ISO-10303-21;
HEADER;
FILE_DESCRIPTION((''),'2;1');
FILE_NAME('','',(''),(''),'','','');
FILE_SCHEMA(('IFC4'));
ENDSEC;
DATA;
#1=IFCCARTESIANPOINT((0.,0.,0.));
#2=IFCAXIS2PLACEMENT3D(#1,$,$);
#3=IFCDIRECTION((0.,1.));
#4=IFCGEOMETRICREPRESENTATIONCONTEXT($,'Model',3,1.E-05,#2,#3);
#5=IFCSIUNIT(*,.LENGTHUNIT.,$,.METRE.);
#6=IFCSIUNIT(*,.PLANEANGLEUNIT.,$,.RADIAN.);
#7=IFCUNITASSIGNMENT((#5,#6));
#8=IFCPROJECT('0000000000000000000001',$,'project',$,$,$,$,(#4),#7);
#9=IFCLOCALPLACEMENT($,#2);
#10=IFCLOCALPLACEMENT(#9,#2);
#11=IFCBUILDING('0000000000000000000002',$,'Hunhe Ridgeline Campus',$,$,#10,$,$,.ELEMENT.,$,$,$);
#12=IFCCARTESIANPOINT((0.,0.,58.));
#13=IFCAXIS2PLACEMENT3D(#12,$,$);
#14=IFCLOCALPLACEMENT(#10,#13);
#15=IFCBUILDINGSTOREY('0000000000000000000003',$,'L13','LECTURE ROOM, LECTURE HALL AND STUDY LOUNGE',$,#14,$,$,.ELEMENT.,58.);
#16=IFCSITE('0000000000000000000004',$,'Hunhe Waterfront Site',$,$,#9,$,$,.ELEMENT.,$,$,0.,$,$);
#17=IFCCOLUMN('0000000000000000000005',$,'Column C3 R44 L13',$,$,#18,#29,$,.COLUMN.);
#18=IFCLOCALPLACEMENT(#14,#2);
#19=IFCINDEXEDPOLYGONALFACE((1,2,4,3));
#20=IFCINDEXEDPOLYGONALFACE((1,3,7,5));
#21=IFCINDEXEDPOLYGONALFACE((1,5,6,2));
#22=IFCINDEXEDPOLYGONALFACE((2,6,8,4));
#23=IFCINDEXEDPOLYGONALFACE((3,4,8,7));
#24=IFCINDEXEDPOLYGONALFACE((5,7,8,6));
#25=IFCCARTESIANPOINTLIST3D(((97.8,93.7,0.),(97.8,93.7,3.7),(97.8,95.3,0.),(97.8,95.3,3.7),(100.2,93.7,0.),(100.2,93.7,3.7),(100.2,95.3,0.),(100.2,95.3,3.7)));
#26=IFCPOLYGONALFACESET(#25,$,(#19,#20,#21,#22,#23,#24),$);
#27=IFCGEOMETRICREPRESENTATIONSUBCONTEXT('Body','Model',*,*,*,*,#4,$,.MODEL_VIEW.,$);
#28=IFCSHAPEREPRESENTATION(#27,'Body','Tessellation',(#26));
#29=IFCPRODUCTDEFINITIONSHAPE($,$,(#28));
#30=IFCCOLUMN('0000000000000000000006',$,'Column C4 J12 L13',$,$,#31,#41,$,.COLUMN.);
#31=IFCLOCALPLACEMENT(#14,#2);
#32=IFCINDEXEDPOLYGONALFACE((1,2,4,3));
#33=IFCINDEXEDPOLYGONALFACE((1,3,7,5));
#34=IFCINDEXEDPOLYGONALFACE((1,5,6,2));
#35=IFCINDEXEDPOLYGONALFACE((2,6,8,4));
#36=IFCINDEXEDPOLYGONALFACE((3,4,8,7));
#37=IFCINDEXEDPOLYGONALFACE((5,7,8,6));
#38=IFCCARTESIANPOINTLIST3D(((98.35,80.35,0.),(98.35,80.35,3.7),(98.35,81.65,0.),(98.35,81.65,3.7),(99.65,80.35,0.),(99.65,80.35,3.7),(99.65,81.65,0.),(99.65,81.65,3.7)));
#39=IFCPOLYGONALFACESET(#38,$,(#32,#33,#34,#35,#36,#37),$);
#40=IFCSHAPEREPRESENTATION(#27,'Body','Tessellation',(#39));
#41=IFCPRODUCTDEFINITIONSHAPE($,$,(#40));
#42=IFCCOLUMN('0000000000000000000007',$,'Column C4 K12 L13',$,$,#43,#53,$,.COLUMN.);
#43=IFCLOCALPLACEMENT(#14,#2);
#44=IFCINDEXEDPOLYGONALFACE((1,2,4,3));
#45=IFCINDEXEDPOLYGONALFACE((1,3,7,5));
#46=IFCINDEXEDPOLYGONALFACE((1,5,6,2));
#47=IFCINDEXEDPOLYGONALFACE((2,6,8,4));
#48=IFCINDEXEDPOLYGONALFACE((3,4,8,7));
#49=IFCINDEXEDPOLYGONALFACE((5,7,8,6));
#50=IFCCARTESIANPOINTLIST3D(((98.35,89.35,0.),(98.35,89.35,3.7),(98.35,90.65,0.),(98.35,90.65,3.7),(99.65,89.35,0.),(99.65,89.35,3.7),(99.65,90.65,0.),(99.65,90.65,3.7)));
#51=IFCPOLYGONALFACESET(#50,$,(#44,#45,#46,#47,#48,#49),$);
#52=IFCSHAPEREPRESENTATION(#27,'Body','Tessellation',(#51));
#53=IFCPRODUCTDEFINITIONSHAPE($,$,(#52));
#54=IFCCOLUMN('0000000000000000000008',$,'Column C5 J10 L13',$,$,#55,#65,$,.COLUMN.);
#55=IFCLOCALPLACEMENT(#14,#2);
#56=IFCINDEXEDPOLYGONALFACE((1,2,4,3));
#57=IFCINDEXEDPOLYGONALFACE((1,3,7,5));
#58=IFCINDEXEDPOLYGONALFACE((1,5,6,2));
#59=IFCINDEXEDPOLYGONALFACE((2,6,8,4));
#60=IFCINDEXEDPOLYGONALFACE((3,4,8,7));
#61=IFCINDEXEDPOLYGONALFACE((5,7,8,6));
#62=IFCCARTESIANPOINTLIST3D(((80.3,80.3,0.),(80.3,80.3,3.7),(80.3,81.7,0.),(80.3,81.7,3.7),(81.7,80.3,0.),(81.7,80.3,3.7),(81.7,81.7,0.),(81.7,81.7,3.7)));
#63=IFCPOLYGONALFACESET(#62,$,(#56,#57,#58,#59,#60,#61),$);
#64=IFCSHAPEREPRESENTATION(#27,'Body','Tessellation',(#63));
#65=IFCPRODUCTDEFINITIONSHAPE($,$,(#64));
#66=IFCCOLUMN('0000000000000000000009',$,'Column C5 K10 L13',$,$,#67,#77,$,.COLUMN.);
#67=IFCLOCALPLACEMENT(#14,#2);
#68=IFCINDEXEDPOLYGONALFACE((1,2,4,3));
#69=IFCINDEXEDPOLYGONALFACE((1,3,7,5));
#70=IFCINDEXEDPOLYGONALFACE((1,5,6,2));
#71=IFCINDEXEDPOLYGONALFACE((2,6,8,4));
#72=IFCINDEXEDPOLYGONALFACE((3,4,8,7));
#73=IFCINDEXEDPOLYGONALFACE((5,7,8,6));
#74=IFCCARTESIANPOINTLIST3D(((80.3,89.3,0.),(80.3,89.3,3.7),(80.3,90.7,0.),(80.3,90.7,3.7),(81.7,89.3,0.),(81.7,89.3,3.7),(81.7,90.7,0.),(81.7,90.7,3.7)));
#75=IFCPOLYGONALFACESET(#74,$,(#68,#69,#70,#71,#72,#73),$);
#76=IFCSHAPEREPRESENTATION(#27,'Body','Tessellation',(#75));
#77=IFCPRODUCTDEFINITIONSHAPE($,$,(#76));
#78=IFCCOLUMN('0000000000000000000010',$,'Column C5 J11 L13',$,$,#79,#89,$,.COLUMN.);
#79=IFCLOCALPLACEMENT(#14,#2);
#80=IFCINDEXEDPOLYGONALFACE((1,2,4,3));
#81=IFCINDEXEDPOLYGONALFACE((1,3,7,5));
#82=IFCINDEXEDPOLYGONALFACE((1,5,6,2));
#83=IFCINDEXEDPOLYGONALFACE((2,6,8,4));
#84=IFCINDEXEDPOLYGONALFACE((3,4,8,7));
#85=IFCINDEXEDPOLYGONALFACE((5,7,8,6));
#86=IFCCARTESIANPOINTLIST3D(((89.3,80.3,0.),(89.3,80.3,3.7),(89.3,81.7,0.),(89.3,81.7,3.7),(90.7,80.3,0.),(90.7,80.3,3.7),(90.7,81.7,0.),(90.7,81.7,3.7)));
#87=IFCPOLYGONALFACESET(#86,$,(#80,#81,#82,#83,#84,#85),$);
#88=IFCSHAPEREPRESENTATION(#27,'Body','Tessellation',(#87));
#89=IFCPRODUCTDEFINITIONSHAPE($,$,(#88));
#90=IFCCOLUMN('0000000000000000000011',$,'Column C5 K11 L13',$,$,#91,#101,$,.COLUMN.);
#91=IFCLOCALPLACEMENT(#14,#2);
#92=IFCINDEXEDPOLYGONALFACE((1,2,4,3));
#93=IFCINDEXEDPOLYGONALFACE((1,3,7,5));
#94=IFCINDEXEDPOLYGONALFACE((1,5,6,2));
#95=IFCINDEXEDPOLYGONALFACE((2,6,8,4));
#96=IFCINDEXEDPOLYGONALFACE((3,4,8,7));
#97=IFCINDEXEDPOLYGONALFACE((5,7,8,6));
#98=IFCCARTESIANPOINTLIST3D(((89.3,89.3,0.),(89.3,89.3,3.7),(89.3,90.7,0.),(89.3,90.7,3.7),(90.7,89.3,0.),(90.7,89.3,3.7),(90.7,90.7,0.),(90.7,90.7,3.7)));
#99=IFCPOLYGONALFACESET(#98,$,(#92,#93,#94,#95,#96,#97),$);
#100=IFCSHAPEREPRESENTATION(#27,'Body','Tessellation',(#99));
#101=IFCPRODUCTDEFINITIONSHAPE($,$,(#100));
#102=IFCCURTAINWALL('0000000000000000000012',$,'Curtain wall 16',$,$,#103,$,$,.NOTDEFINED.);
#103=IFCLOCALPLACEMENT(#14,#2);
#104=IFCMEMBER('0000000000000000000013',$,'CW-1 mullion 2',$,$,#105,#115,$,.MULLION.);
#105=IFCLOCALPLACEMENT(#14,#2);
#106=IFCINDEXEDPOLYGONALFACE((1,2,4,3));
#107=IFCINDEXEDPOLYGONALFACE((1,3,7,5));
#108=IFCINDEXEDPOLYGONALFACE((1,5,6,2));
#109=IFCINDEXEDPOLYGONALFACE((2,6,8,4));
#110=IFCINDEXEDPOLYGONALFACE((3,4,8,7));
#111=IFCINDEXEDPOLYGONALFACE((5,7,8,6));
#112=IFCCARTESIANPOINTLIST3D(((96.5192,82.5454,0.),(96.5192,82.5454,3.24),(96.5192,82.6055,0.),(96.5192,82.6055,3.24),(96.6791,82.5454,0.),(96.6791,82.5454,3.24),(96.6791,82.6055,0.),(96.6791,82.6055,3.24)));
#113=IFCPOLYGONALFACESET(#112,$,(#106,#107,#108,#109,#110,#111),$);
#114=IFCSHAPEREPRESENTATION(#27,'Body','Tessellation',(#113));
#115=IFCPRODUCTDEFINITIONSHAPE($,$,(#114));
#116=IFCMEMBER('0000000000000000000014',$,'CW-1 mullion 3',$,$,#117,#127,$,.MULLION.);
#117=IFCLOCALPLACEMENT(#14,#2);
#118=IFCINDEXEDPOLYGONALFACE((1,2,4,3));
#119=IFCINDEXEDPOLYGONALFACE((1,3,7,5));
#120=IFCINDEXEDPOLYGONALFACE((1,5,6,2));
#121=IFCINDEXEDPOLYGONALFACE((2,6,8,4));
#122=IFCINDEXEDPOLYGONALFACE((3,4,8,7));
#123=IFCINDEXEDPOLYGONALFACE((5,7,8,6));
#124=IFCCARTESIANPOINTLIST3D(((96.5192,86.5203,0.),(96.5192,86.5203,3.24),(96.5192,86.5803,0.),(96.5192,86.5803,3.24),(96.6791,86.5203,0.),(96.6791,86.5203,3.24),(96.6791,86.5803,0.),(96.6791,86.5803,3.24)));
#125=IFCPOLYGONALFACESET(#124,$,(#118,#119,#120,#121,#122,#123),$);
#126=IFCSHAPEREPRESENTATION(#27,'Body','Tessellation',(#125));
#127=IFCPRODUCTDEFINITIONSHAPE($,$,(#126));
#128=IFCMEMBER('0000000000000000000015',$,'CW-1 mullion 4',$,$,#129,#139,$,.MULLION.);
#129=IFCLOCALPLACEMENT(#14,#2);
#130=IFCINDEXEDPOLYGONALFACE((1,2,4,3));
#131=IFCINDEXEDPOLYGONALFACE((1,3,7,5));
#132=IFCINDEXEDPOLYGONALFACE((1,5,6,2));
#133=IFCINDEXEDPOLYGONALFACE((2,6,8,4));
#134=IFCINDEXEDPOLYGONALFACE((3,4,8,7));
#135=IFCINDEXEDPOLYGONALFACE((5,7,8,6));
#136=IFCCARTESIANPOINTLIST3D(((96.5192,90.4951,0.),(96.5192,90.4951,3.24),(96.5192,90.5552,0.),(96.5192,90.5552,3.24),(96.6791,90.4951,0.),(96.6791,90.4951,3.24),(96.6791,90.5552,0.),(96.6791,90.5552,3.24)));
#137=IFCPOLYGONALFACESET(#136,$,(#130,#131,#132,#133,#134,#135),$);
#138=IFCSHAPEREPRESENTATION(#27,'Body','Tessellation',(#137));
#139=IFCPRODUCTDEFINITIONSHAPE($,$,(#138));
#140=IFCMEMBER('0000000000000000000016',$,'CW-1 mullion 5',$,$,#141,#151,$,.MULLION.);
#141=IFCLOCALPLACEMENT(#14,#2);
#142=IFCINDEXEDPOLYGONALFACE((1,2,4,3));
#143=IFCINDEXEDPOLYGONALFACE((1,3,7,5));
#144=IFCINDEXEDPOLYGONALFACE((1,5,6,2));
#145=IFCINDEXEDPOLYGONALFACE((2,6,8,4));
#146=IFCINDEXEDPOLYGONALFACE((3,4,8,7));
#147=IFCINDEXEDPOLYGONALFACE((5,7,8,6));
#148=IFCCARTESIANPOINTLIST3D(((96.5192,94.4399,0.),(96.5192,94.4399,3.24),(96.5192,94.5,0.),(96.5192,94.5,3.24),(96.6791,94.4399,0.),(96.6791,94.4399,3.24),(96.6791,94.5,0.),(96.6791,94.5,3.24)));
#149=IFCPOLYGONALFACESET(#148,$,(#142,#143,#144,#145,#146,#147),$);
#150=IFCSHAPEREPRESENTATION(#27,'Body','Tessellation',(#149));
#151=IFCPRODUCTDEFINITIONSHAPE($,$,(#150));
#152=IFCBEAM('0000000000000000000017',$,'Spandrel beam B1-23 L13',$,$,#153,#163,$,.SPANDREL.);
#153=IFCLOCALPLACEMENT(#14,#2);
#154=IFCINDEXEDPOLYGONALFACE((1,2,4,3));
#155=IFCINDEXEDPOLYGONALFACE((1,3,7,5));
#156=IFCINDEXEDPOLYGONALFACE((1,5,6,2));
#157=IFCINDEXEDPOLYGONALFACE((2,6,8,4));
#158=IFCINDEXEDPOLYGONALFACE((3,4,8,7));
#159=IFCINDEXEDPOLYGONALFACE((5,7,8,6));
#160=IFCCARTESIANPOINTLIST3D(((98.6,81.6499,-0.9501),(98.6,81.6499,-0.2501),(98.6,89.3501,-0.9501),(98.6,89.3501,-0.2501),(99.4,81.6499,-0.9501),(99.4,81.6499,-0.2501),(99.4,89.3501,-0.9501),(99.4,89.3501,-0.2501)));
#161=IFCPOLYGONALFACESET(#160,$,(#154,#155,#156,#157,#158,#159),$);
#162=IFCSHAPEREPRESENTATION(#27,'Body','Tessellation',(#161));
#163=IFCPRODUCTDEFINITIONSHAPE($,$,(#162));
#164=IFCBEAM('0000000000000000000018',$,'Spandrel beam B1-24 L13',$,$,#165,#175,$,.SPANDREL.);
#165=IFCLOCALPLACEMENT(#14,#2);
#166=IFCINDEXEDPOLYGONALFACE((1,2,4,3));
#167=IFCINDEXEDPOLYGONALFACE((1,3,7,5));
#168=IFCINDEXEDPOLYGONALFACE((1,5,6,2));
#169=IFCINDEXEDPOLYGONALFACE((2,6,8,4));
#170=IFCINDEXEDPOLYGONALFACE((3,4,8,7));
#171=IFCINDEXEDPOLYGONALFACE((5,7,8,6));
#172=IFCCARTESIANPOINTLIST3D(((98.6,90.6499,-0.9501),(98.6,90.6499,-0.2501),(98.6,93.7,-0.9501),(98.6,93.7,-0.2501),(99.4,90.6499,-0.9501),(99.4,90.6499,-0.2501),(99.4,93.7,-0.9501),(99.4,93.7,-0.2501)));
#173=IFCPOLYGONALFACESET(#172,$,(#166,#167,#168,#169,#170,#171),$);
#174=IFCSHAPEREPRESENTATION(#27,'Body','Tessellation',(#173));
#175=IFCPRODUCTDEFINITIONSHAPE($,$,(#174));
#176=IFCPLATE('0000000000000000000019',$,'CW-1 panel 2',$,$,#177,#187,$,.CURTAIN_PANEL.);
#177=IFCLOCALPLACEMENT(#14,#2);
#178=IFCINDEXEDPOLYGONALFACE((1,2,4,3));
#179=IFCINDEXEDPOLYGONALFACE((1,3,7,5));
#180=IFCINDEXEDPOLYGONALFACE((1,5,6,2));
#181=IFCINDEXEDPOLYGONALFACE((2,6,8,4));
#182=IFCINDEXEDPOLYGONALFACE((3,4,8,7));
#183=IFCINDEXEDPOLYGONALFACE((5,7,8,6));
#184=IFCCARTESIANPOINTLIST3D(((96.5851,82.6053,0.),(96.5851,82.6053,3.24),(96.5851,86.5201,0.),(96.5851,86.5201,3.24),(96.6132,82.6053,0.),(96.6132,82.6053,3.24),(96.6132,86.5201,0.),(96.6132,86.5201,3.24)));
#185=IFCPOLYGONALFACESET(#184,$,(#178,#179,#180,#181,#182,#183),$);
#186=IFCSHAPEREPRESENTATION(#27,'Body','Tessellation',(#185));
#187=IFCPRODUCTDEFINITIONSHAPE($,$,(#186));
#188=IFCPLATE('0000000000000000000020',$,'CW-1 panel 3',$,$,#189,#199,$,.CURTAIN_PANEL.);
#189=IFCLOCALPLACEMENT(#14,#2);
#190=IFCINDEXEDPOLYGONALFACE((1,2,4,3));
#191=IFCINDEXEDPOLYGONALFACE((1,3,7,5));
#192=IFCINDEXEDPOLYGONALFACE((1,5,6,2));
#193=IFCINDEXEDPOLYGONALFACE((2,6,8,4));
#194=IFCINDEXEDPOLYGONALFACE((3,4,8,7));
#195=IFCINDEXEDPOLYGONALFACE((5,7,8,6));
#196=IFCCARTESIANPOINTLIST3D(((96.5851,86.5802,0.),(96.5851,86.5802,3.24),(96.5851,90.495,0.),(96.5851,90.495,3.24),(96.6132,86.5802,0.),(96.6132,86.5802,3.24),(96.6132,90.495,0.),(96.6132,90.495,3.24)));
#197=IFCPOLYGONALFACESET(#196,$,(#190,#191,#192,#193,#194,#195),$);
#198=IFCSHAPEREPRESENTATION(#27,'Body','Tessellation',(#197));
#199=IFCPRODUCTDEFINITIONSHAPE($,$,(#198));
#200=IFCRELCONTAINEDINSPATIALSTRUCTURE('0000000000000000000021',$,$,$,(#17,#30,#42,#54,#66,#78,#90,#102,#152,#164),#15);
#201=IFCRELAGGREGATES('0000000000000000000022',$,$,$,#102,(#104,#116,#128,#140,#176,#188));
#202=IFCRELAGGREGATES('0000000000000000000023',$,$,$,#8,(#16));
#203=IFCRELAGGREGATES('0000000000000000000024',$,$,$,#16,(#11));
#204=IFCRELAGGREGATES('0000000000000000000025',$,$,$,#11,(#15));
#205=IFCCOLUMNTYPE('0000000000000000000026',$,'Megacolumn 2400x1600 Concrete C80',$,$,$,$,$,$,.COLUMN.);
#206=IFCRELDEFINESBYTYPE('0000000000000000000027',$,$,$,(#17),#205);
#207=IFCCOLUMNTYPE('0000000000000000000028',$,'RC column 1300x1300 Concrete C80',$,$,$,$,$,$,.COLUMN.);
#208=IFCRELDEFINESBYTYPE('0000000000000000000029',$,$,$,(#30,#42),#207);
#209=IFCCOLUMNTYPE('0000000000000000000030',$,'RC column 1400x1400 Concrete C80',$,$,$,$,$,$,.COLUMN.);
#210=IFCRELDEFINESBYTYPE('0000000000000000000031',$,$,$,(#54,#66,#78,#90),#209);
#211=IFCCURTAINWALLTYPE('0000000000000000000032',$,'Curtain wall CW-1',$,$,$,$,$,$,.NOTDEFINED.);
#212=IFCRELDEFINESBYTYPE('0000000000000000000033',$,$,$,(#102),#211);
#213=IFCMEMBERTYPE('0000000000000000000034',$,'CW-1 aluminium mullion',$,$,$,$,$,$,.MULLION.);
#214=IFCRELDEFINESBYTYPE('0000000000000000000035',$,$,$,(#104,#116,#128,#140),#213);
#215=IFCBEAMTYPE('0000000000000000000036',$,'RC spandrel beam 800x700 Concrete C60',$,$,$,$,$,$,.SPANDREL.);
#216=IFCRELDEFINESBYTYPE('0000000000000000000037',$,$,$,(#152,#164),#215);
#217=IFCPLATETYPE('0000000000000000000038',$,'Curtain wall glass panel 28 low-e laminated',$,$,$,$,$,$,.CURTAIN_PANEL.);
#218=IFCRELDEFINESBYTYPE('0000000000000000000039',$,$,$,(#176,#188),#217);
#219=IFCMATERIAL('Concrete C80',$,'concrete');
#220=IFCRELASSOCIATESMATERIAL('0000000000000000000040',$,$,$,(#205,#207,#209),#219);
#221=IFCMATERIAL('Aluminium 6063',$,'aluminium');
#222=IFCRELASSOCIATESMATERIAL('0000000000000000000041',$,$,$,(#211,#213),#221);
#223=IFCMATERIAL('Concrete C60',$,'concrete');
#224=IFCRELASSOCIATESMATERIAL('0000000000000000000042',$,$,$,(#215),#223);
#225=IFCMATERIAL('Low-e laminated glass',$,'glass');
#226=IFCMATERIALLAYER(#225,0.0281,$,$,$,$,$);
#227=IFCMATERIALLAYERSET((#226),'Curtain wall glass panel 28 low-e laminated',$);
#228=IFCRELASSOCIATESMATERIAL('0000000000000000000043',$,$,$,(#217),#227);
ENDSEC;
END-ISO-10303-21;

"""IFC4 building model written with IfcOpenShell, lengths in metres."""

from ifc_helpers import new_model, si_unit, direction, frame, origin, origin_2d, place, context, subcontext, project, spatial, rectangle, extrude, material, layer, layer_set, material_profile, profile_set, type_object, element, aggregate, save


model = new_model("IFC4")

# Units and contexts
model_context = context("Model", 3, precision=1e-05, world=origin(), true_north=direction((0.0, 1.0)))
body_context = subcontext(model_context, "Body", "Model", "MODEL_VIEW")
ifc_project = project(units=[si_unit("LENGTHUNIT", "METRE"), si_unit("PLANEANGLEUNIT", "RADIAN")], contexts=[model_context])

# Site, building, storey
site_placement = place(None, origin())
site = spatial("IfcSite", under=ifc_project, at=site_placement, Name="Hunhe Waterfront Site", CompositionType="ELEMENT", RefElevation=0.0)
building_placement = place(site_placement, origin())
building = spatial("IfcBuilding", under=site, at=building_placement, Name="Hunhe Ridgeline Campus", CompositionType="ELEMENT")
storey_placement = place(building_placement, frame((0.0, 0.0, 58.0)))
storey = spatial("IfcBuildingStorey", under=building, at=storey_placement, Name="L13", Description="LECTURE ROOM, LECTURE HALL AND STUDY LOUNGE", CompositionType="ELEMENT", Elevation=58.0)

# Columns
ifc_material_1 = material(Name="Concrete C80", Category="concrete")
ifc_material_profile_1 = material_profile(ifc_material_1, rectangle(XDim=2.3999, YDim=1.6001, at=origin_2d()))
ifc_profile_set_1 = profile_set([ifc_material_profile_1], Name="Concrete C80")
column_type_1 = type_object("IfcColumnType", Name="Megacolumn 2400x1600 Concrete C80", PredefinedType="COLUMN", material=ifc_profile_set_1)
column_placement = place(storey_placement, frame((99.0, 94.5, 0.0), z_axis=(0.0, 0.0, 1.0), x_axis=(1.0, 0.0, 0.0)))
element("IfcColumn", 1, at=column_placement, inside=storey, type_object=column_type_1, Name="Column C3 R44 L13", PredefinedType="COLUMN", context=body_context, shape_type="SweptSolid", body=[
    extrude(rectangle(XDim=2.3999, YDim=1.6001, at=origin_2d()), origin(), (0.0, 0.0, 1.0), 3.7),
])
ifc_material_profile_2 = material_profile(ifc_material_1, rectangle(XDim=1.3, YDim=1.3, at=origin_2d()))
ifc_profile_set_2 = profile_set([ifc_material_profile_2], Name="Concrete C80")
column_type_2 = type_object("IfcColumnType", Name="RC column 1300x1300 Concrete C80", PredefinedType="COLUMN", material=ifc_profile_set_2)
for number, where, z_axis, x_axis, name in (
    (2, (99.0, 81.0, 0.0), (0.0, 0.0, 1.0), (1.0, 0.0, 0.0), "Column C4 J12 L13"),
    (3, (99.0, 90.0, 0.0), (0.0, 0.0, 1.0), (1.0, 0.0, 0.0), "Column C4 K12 L13"),
):
    element("IfcColumn", number, at=place(storey_placement, frame(where, z_axis=z_axis, x_axis=x_axis)), inside=storey, type_object=column_type_2, Name=name, PredefinedType="COLUMN", context=body_context, shape_type="SweptSolid", body=[
        extrude(rectangle(XDim=1.3, YDim=1.3, at=origin_2d()), origin(), (0.0, 0.0, 1.0), 3.7),
    ])
ifc_material_profile_3 = material_profile(ifc_material_1, rectangle(XDim=1.3999, YDim=1.3999, at=origin_2d()))
ifc_profile_set_3 = profile_set([ifc_material_profile_3], Name="Concrete C80")
column_type_3 = type_object("IfcColumnType", Name="RC column 1400x1400 Concrete C80", PredefinedType="COLUMN", material=ifc_profile_set_3)
for number, where, z_axis, x_axis, name in (
    (4, (81.0, 81.0, 0.0), (0.0, 0.0, 1.0), (1.0, 0.0, 0.0), "Column C5 J10 L13"),
    (5, (81.0, 90.0, 0.0), (0.0, 0.0, 1.0), (1.0, 0.0, 0.0), "Column C5 K10 L13"),
    (6, (90.0, 81.0, 0.0), (0.0, 0.0, 1.0), (1.0, 0.0, 0.0), "Column C5 J11 L13"),
    (7, (90.0, 90.0, 0.0), (0.0, 0.0, 1.0), (1.0, 0.0, 0.0), "Column C5 K11 L13"),
):
    element("IfcColumn", number, at=place(storey_placement, frame(where, z_axis=z_axis, x_axis=x_axis)), inside=storey, type_object=column_type_3, Name=name, PredefinedType="COLUMN", context=body_context, shape_type="SweptSolid", body=[
        extrude(rectangle(XDim=1.3999, YDim=1.3999, at=origin_2d()), origin(), (0.0, 0.0, 1.0), 3.7),
    ])

# Curtain wall, members
ifc_material_2 = material(Name="Aluminium 6063", Category="aluminium")
curtain_wall_type = type_object("IfcCurtainWallType", Name="Curtain wall CW-1", PredefinedType="NOTDEFINED", material=ifc_material_2)
curtain_wall_placement = place(storey_placement, origin())
curtain_wall = element("IfcCurtainWall", 8, at=curtain_wall_placement, inside=storey, type_object=curtain_wall_type, Name="Curtain wall 16", PredefinedType="NOTDEFINED")
ifc_material_profile_4 = material_profile(ifc_material_2, rectangle(XDim=0.1599, YDim=0.0601, at=origin_2d()))
ifc_profile_set_4 = profile_set([ifc_material_profile_4], Name="Aluminium 6063")
member_type = type_object("IfcMemberType", Name="CW-1 aluminium mullion", PredefinedType="MULLION", material=ifc_profile_set_4)
member_1_placement = place(storey_placement, frame((96.5991, 82.5754, 0.0), z_axis=(0.0, 0.0, 1.0), x_axis=(-1.0, 0.0, 0.0)))
member_1 = element("IfcMember", 9, at=member_1_placement, type_object=member_type, Name="CW-1 mullion 2", PredefinedType="MULLION", context=body_context, shape_type="SweptSolid", body=[
    extrude(rectangle(XDim=0.1599, YDim=0.0601, at=origin_2d()), origin(), (0.0, 0.0, 1.0), 3.24),
])
member_2_placement = place(storey_placement, frame((96.5991, 86.5503, 0.0), z_axis=(0.0, 0.0, 1.0), x_axis=(-1.0, 0.0, 0.0)))
member_2 = element("IfcMember", 10, at=member_2_placement, type_object=member_type, Name="CW-1 mullion 3", PredefinedType="MULLION", context=body_context, shape_type="SweptSolid", body=[
    extrude(rectangle(XDim=0.1599, YDim=0.0601, at=origin_2d()), origin(), (0.0, 0.0, 1.0), 3.24),
])
member_3_placement = place(storey_placement, frame((96.5991, 90.5251, 0.0), z_axis=(0.0, 0.0, 1.0), x_axis=(-1.0, 0.0, 0.0)))
member_3 = element("IfcMember", 11, at=member_3_placement, type_object=member_type, Name="CW-1 mullion 4", PredefinedType="MULLION", context=body_context, shape_type="SweptSolid", body=[
    extrude(rectangle(XDim=0.1599, YDim=0.0601, at=origin_2d()), origin(), (0.0, 0.0, 1.0), 3.24),
])
member_4_placement = place(storey_placement, frame((96.5991, 94.47, 0.0), z_axis=(0.0, 0.0, 1.0), x_axis=(-1.0, 0.0, 0.0)))
member_4 = element("IfcMember", 12, at=member_4_placement, type_object=member_type, Name="CW-1 mullion 5", PredefinedType="MULLION", context=body_context, shape_type="SweptSolid", body=[
    extrude(rectangle(XDim=0.1599, YDim=0.0601, at=origin_2d()), origin(), (0.0, 0.0, 1.0), 3.24),
])

# Beams
ifc_material_3 = material(Name="Concrete C60", Category="concrete")
ifc_material_profile_5 = material_profile(ifc_material_3, rectangle(XDim=0.8, YDim=0.7, at=origin_2d()))
ifc_profile_set_5 = profile_set([ifc_material_profile_5], Name="Concrete C60")
beam_type = type_object("IfcBeamType", Name="RC spandrel beam 800x700 Concrete C60", PredefinedType="SPANDREL", material=ifc_profile_set_5)
beam_1_placement = place(storey_placement, frame((99.0, 81.6499, -0.6001), z_axis=(0.0, 1.0, 0.0), x_axis=(-1.0, 0.0, 0.0)))
element("IfcBeam", 13, at=beam_1_placement, inside=storey, type_object=beam_type, Name="Spandrel beam B1-23 L13", PredefinedType="SPANDREL", context=body_context, shape_type="SweptSolid", body=[
    extrude(rectangle(XDim=0.8, YDim=0.7, at=origin_2d()), origin(), (0.0, 0.0, 1.0), 7.7002),
])
beam_2_placement = place(storey_placement, frame((99.0, 90.6499, -0.6001), z_axis=(0.0, 1.0, 0.0), x_axis=(-1.0, 0.0, 0.0)))
element("IfcBeam", 14, at=beam_2_placement, inside=storey, type_object=beam_type, Name="Spandrel beam B1-24 L13", PredefinedType="SPANDREL", context=body_context, shape_type="SweptSolid", body=[
    extrude(rectangle(XDim=0.8, YDim=0.7, at=origin_2d()), origin(), (0.0, 0.0, 1.0), 3.05),
])

# Plates
ifc_material_4 = material(Name="Low-e laminated glass", Category="glass")
ifc_layer_1 = layer(ifc_material_4, 0.0281)
ifc_layer_set_1 = layer_set([ifc_layer_1], Name="Curtain wall glass panel 28 low-e laminated")
plate_type = type_object("IfcPlateType", Name="Curtain wall glass panel 28 low-e laminated", PredefinedType="CURTAIN_PANEL", material=ifc_layer_set_1)
plate_1_placement = place(storey_placement, frame((96.5991, 84.5627, 0.0), z_axis=(0.0, 0.0, 1.0), x_axis=(0.0, 1.0, 0.0)))
plate_1 = element("IfcPlate", 15, at=plate_1_placement, type_object=plate_type, Name="CW-1 panel 2", PredefinedType="CURTAIN_PANEL", context=body_context, shape_type="SweptSolid", body=[
    extrude(rectangle(XDim=3.9148, YDim=0.0281, at=origin_2d()), origin(), (0.0, 0.0, 1.0), 3.24),
])
plate_2_placement = place(storey_placement, frame((96.5991, 88.5376, 0.0), z_axis=(0.0, 0.0, 1.0), x_axis=(0.0, 1.0, 0.0)))
plate_2 = element("IfcPlate", 16, at=plate_2_placement, type_object=plate_type, Name="CW-1 panel 3", PredefinedType="CURTAIN_PANEL", context=body_context, shape_type="SweptSolid", body=[
    extrude(rectangle(XDim=3.9148, YDim=0.0281, at=origin_2d()), origin(), (0.0, 0.0, 1.0), 3.24),
])
aggregate(curtain_wall, [member_1, member_2, member_3, member_4, plate_1, plate_2])

save(model, "model.ifc")
